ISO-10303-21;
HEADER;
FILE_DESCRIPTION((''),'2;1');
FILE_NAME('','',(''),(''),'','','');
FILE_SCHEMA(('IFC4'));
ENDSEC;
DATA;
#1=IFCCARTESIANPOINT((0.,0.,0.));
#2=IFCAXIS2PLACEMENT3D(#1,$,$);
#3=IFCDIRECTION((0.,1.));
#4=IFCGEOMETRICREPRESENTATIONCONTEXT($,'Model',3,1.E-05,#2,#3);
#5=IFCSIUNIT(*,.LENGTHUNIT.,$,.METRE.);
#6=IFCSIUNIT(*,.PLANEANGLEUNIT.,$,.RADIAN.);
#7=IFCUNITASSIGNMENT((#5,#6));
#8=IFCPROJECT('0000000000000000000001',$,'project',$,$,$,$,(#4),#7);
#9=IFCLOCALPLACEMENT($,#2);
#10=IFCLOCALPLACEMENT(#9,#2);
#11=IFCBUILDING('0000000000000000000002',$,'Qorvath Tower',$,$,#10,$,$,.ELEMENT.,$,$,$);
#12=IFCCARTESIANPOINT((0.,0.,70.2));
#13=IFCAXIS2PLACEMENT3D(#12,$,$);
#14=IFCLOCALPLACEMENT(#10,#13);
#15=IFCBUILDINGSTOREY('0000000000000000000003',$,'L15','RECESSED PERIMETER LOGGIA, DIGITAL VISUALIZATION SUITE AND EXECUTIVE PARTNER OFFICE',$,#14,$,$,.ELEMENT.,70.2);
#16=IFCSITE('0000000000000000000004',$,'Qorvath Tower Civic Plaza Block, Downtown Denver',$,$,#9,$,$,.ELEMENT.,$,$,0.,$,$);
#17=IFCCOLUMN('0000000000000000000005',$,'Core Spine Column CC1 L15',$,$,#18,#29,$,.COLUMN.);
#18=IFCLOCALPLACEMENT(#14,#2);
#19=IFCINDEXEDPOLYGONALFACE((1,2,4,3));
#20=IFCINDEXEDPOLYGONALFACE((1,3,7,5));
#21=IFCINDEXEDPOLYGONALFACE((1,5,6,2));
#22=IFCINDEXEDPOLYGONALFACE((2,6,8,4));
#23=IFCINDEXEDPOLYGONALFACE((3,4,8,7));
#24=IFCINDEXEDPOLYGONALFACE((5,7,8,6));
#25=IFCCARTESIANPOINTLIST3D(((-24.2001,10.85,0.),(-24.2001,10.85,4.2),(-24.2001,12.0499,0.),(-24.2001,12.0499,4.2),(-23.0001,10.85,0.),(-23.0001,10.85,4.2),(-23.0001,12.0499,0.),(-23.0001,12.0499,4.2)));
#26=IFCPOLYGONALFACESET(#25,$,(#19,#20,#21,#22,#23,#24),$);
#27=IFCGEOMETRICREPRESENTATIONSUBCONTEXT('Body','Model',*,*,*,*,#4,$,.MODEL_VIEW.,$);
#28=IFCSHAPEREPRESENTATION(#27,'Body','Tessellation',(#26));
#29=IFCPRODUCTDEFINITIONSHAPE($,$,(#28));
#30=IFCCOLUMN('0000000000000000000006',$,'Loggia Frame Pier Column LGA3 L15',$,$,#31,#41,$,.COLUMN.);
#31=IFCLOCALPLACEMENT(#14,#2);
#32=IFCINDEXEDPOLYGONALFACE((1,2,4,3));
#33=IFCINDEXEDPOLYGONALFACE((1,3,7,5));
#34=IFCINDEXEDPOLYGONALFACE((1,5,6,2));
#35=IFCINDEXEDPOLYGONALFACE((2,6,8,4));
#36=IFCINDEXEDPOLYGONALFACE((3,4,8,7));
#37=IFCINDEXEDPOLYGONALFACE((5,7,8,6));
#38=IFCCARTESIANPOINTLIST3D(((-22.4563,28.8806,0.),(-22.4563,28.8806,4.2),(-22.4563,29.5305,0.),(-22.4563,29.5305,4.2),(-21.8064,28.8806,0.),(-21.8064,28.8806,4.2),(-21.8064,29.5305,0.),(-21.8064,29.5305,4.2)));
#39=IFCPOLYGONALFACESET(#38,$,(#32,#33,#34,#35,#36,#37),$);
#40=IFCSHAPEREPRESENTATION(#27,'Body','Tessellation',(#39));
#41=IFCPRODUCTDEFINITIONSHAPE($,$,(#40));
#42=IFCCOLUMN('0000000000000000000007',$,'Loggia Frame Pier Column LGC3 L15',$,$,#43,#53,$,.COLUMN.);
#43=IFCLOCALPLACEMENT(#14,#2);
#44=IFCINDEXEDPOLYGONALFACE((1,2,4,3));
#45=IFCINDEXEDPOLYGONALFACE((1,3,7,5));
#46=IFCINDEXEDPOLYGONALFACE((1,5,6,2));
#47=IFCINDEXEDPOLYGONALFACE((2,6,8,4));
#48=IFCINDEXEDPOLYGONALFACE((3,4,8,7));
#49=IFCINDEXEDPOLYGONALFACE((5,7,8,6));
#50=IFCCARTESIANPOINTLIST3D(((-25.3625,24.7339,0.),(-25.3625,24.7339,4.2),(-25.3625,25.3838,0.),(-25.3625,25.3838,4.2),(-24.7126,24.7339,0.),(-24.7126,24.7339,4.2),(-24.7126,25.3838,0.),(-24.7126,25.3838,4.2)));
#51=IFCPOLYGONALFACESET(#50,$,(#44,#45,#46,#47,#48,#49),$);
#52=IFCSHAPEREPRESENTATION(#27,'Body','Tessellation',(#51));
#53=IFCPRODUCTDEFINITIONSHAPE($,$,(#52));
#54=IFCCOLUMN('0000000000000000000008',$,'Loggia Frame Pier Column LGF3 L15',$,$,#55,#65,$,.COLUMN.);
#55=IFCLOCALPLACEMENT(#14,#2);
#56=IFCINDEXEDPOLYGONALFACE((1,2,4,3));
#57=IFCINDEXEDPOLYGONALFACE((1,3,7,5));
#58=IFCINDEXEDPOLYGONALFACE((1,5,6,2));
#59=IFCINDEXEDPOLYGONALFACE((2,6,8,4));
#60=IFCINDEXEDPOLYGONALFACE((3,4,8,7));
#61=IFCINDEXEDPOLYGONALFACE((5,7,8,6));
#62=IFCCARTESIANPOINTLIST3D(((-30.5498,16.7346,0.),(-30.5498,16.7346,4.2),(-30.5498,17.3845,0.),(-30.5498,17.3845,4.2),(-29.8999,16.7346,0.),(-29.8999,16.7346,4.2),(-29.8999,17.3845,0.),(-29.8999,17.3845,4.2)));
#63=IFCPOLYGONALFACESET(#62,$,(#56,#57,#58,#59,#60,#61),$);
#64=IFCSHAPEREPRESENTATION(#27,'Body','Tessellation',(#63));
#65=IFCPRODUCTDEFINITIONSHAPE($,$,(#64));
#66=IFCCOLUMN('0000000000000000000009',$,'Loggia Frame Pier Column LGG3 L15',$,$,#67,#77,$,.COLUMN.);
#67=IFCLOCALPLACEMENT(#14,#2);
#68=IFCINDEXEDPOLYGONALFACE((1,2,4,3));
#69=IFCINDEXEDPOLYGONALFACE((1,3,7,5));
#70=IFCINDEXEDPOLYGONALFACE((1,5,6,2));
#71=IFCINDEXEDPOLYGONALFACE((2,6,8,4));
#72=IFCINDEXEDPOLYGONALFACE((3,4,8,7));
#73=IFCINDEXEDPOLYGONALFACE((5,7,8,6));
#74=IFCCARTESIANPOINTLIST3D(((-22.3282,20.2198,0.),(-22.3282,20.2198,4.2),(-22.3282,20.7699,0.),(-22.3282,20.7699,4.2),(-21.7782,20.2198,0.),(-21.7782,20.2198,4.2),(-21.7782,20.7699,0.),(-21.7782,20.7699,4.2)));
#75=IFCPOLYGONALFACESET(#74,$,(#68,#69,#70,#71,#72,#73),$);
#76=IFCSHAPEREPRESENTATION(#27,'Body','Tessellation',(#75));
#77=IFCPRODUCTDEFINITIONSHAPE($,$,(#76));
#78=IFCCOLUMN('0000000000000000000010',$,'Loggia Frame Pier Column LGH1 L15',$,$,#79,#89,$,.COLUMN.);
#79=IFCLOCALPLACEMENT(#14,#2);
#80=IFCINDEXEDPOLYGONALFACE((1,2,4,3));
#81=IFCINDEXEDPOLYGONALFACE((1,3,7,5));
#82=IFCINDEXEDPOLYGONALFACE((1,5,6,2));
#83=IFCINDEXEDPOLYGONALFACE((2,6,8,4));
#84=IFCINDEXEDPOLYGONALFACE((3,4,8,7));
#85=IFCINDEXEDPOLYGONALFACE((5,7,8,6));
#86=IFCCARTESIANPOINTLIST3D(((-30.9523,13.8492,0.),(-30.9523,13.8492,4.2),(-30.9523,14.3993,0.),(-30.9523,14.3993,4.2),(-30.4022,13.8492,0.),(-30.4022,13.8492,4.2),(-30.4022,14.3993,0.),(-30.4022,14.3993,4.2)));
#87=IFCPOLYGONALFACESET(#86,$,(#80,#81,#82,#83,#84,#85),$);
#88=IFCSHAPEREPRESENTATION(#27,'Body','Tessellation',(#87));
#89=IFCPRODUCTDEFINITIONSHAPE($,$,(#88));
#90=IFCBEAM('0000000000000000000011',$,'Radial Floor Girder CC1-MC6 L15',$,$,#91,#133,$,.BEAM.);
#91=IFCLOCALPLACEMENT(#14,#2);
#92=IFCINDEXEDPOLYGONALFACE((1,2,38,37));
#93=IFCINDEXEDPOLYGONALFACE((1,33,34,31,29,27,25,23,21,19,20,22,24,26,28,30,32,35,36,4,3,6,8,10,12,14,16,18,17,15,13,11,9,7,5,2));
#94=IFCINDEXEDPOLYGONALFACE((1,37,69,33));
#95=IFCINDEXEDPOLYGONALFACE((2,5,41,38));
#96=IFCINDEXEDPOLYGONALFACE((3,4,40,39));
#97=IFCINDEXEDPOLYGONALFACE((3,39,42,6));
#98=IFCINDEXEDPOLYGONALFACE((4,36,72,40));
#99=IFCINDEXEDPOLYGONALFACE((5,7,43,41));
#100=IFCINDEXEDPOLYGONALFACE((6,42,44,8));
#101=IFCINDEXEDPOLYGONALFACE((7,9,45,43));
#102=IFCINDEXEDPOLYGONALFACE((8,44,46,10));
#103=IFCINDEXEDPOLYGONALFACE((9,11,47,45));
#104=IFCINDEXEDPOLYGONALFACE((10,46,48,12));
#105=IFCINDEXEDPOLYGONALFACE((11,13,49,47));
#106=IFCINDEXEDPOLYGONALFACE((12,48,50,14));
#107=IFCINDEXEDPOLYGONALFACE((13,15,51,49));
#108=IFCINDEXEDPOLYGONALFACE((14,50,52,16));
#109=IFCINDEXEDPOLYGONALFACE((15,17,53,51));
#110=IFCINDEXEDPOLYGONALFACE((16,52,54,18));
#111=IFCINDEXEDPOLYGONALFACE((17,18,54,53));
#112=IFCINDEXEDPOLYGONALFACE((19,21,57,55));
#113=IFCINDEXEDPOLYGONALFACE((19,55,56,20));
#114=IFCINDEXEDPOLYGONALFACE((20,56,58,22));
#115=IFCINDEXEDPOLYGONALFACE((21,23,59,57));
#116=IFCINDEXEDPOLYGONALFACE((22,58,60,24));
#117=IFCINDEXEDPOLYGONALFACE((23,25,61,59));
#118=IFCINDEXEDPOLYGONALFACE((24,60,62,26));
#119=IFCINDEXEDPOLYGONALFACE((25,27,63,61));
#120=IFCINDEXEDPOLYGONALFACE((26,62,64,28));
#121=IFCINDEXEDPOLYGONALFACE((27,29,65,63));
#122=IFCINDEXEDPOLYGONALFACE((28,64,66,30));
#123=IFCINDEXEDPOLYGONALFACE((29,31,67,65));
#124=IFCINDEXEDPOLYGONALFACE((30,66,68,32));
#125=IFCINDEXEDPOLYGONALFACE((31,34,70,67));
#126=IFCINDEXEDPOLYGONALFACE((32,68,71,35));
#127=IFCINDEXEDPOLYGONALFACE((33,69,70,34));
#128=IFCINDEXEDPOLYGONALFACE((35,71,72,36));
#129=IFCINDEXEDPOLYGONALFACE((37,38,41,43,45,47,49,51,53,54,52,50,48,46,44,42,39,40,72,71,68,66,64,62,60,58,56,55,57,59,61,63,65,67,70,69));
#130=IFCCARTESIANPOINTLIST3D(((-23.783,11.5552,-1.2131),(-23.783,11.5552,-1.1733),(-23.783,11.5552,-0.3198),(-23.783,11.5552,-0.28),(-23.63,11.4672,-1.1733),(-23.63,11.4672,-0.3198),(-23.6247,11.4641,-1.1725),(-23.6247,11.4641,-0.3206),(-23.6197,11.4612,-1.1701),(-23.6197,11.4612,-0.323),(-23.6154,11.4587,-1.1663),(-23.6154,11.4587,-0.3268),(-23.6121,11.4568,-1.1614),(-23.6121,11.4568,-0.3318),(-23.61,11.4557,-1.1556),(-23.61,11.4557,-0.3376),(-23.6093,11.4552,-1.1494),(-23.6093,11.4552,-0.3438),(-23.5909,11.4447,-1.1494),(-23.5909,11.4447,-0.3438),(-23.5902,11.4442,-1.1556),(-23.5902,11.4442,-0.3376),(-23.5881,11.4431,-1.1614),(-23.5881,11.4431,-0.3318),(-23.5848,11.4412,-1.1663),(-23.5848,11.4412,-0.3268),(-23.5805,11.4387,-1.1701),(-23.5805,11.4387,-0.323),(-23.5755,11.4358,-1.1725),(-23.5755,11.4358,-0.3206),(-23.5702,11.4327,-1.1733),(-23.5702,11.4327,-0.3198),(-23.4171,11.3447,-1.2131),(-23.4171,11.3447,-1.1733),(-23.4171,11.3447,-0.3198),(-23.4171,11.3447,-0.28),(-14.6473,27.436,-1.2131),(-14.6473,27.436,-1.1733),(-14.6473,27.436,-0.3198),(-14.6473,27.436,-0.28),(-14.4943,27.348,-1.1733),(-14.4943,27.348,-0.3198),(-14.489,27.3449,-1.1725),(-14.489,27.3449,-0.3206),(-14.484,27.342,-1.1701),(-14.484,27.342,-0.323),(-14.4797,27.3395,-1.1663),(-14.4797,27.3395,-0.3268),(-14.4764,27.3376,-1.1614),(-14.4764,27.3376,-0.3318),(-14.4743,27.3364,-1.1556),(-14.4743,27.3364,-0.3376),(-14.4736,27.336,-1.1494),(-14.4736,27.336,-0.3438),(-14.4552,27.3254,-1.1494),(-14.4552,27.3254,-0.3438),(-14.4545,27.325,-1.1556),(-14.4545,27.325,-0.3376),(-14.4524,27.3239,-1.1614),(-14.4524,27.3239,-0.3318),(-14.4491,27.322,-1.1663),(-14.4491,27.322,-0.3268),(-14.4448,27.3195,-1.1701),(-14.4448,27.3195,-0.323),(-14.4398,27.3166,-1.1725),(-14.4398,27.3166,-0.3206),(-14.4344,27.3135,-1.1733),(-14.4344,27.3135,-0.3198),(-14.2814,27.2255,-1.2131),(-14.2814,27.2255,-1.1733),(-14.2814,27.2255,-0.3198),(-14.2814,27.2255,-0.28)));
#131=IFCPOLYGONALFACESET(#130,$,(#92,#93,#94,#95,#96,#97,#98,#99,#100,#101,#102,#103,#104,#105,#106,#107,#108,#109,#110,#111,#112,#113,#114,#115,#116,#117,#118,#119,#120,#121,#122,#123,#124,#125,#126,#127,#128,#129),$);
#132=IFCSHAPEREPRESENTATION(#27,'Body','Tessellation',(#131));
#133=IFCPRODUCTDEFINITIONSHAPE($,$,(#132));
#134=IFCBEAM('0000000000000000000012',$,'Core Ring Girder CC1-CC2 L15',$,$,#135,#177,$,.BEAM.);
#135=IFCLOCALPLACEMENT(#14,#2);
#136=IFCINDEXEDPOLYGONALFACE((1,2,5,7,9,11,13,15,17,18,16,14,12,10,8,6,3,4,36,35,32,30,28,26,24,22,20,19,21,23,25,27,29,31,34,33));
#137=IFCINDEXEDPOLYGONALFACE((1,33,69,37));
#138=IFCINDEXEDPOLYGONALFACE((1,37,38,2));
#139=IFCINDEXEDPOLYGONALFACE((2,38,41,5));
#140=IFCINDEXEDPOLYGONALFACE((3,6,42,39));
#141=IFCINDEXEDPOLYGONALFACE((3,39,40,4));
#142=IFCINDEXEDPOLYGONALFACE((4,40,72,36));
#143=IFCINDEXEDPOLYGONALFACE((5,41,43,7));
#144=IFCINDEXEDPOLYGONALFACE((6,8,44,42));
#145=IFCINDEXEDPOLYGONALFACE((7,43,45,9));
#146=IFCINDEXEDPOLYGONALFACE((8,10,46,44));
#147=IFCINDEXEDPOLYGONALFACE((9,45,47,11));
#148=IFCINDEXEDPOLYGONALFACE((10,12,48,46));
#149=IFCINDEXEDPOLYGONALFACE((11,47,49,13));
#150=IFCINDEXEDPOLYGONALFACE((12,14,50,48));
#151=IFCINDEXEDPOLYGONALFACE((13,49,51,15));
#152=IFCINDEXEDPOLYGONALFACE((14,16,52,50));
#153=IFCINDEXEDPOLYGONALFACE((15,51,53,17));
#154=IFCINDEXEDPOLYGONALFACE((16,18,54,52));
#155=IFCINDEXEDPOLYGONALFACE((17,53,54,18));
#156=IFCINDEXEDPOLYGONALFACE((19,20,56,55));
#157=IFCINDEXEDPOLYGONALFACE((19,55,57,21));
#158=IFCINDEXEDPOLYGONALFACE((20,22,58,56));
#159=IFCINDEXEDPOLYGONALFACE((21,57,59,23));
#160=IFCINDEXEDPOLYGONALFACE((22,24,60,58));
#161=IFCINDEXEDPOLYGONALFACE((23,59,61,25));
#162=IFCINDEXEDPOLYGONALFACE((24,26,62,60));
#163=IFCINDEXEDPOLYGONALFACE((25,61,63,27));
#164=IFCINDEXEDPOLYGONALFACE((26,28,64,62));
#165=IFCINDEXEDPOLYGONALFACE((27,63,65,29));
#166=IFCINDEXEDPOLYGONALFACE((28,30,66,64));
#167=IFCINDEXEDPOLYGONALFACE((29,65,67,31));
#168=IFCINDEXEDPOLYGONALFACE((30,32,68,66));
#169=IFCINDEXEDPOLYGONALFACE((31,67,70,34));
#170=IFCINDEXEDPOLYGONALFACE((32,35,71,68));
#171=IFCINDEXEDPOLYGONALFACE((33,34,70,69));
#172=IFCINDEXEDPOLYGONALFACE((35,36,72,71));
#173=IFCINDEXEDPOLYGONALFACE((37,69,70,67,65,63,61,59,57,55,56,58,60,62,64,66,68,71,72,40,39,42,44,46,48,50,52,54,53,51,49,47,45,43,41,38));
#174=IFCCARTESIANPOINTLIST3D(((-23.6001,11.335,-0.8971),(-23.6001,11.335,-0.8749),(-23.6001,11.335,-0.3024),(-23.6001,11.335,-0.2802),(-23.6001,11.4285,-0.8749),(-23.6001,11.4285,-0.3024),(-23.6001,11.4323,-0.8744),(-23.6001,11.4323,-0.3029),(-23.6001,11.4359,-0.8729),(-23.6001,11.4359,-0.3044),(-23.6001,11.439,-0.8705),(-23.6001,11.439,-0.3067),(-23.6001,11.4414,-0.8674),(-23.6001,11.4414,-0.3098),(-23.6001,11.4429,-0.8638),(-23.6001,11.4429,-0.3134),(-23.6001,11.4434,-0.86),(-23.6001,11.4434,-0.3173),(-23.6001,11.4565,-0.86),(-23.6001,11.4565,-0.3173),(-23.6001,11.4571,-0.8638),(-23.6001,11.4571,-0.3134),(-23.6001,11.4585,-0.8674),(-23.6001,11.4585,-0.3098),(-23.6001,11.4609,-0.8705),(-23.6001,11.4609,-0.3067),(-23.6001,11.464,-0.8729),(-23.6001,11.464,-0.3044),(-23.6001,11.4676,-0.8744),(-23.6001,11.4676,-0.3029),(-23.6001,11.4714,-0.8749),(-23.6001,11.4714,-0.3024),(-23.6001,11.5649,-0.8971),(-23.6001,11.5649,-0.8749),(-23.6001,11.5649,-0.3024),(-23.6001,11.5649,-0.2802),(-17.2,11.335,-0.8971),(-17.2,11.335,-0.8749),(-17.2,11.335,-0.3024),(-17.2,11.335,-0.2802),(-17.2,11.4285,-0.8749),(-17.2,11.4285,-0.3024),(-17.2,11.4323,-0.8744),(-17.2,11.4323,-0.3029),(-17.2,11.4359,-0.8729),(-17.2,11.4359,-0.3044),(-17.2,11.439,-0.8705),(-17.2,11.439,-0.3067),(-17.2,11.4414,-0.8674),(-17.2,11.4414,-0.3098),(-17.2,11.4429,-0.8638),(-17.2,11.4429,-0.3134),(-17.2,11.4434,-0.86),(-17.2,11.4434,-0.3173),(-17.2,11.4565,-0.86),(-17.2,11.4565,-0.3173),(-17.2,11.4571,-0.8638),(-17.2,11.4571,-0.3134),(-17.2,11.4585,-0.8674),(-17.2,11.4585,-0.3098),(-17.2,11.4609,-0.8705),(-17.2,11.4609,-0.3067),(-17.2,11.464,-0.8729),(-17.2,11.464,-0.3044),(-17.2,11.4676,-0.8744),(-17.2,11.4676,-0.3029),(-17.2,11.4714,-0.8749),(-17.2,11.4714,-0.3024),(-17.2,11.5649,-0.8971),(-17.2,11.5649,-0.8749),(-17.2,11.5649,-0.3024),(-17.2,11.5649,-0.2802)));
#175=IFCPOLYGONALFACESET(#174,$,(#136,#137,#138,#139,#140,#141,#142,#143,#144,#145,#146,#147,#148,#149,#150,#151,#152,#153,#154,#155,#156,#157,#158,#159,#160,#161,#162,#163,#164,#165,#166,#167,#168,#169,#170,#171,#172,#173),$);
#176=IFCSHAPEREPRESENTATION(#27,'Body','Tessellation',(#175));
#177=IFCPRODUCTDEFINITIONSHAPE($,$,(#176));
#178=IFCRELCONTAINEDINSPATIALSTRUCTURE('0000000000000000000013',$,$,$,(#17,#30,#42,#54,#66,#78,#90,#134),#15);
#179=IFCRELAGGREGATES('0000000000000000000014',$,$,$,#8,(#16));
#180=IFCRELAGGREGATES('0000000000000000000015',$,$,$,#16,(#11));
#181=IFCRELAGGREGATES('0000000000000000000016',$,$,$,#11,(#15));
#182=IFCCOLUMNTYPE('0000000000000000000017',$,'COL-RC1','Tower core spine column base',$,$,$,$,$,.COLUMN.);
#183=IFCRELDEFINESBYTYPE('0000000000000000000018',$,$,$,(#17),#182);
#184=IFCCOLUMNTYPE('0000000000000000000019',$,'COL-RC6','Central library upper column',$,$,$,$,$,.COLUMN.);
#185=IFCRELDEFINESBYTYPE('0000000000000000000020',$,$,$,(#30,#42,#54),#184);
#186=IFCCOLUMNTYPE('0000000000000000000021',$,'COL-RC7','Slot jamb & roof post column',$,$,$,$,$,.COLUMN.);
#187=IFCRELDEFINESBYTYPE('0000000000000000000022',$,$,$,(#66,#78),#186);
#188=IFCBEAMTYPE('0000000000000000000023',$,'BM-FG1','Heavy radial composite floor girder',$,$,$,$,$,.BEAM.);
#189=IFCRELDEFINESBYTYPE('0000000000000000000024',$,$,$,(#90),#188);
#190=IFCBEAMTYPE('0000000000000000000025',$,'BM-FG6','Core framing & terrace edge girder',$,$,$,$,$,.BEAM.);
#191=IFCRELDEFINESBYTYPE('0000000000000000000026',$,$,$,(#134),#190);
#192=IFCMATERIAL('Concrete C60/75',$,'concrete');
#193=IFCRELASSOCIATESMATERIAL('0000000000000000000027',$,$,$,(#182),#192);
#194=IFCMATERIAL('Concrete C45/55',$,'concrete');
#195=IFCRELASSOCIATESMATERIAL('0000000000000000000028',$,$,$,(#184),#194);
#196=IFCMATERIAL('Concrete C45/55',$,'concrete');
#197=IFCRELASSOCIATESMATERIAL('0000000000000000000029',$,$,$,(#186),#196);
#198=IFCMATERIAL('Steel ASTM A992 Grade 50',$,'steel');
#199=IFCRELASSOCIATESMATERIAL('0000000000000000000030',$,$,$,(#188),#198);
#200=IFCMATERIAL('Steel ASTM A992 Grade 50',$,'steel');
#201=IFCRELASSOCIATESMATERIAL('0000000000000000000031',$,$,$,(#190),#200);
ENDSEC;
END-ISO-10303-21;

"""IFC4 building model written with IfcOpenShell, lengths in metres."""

from ifc_helpers import new_model, si_unit, direction, frame, origin, origin_2d, place, context, subcontext, project, spatial, rectangle, i_section, extrude, material, material_profile, profile_set, type_object, element, save


model = new_model("IFC4")

# Units and contexts
model_context = context("Model", 3, precision=1e-05, world=origin(), true_north=direction((0.0, 1.0)))
body_context = subcontext(model_context, "Body", "Model", "MODEL_VIEW")
ifc_project = project(units=[si_unit("LENGTHUNIT", "METRE"), si_unit("PLANEANGLEUNIT", "RADIAN")], contexts=[model_context])

# Site, building, storey
site_placement = place(None, origin())
site = spatial("IfcSite", under=ifc_project, at=site_placement, Name="Qorvath Tower Civic Plaza Block, Downtown Denver", CompositionType="ELEMENT", RefElevation=0.0)
building_placement = place(site_placement, origin())
building = spatial("IfcBuilding", under=site, at=building_placement, Name="Qorvath Tower", CompositionType="ELEMENT")
storey_placement = place(building_placement, frame((0.0, 0.0, 70.2)))
storey = spatial("IfcBuildingStorey", under=building, at=storey_placement, Name="L15", Description="RECESSED PERIMETER LOGGIA, DIGITAL VISUALIZATION SUITE AND EXECUTIVE PARTNER OFFICE", CompositionType="ELEMENT", Elevation=70.2)

# Columns
ifc_material_1 = material(Name="Concrete C60/75", Category="concrete")
ifc_material_profile_1 = material_profile(ifc_material_1, rectangle(XDim=1.2, YDim=1.2, at=origin_2d()), Name="RC 1200x1200")
ifc_profile_set_1 = profile_set([ifc_material_profile_1], Name="Concrete C60/75")
column_type_1 = type_object("IfcColumnType", Name="COL-RC1", Description="Tower core spine column base", PredefinedType="COLUMN", material=ifc_profile_set_1)
column_placement = place(storey_placement, frame((-23.6001, 11.45, 0.0), z_axis=(0.0, 0.0, 1.0), x_axis=(1.0, 0.0, 0.0)))
element("IfcColumn", 1, at=column_placement, inside=storey, type_object=column_type_1, Name="Core Spine Column CC1 L15", PredefinedType="COLUMN", context=body_context, shape_type="SweptSolid", body=[
    extrude(rectangle(XDim=1.2, YDim=1.2, at=origin_2d()), origin(), (0.0, 0.0, 1.0), 4.2),
])
ifc_material_2 = material(Name="Concrete C45/55", Category="concrete")
ifc_material_profile_2 = material_profile(ifc_material_2, rectangle(XDim=0.6499, YDim=0.6499, at=origin_2d()), Name="RC 650x650")
ifc_profile_set_2 = profile_set([ifc_material_profile_2], Name="Concrete C45/55")
column_type_2 = type_object("IfcColumnType", Name="COL-RC6", Description="Central library upper column", PredefinedType="COLUMN", material=ifc_profile_set_2)
for number, where, z_axis, x_axis, name in (
    (2, (-22.1313, 29.2056, 0.0), (0.0, 0.0, 1.0), (1.0, 0.0, 0.0), "Loggia Frame Pier Column LGA3 L15"),
    (3, (-25.0376, 25.0588, 0.0), (0.0, 0.0, 1.0), (1.0, 0.0, 0.0), "Loggia Frame Pier Column LGC3 L15"),
    (4, (-30.2249, 17.0596, 0.0), (0.0, 0.0, 1.0), (1.0, 0.0, 0.0), "Loggia Frame Pier Column LGF3 L15"),
):
    element("IfcColumn", number, at=place(storey_placement, frame(where, z_axis=z_axis, x_axis=x_axis)), inside=storey, type_object=column_type_2, Name=name, PredefinedType="COLUMN", context=body_context, shape_type="SweptSolid", body=[
        extrude(rectangle(XDim=0.6499, YDim=0.6499, at=origin_2d()), origin(), (0.0, 0.0, 1.0), 4.2),
    ])
ifc_material_3 = material(Name="Concrete C45/55", Category="concrete")
ifc_material_profile_3 = material_profile(ifc_material_3, rectangle(XDim=0.55, YDim=0.55, at=origin_2d()), Name="RC 550x550")
ifc_profile_set_3 = profile_set([ifc_material_profile_3], Name="Concrete C45/55")
column_type_3 = type_object("IfcColumnType", Name="COL-RC7", Description="Slot jamb & roof post column", PredefinedType="COLUMN", material=ifc_profile_set_3)
for number, where, z_axis, x_axis, name in (
    (5, (-22.0532, 20.4949, 0.0), (0.0, 0.0, 1.0), (1.0, 0.0, 0.0), "Loggia Frame Pier Column LGG3 L15"),
    (6, (-30.6772, 14.1243, 0.0), (0.0, 0.0, 1.0), (1.0, 0.0, 0.0), "Loggia Frame Pier Column LGH1 L15"),
):
    element("IfcColumn", number, at=place(storey_placement, frame(where, z_axis=z_axis, x_axis=x_axis)), inside=storey, type_object=column_type_3, Name=name, PredefinedType="COLUMN", context=body_context, shape_type="SweptSolid", body=[
        extrude(rectangle(XDim=0.55, YDim=0.55, at=origin_2d()), origin(), (0.0, 0.0, 1.0), 4.2),
    ])

# Beams
ifc_material_4 = material(Name="Steel ASTM A992 Grade 50", Category="steel")
ifc_material_profile_4 = material_profile(ifc_material_4, i_section(OverallWidth=0.4221, OverallDepth=0.9331, WebThickness=0.0212, FlangeThickness=0.0398, FilletRadius=0.0239, at=origin_2d()), Name="W36x262")
ifc_profile_set_4 = profile_set([ifc_material_profile_4], Name="Steel ASTM A992 Grade 50")
beam_type_1 = type_object("IfcBeamType", Name="BM-FG1", Description="Heavy radial composite floor girder", PredefinedType="BEAM", material=ifc_profile_set_4)
beam_1_placement = place(storey_placement, frame((-23.6001, 11.45, -0.7466), z_axis=(0.498645, 0.866806, 0.0), x_axis=(-0.866806, 0.498645, 0.0)))
element("IfcBeam", 7, at=beam_1_placement, inside=storey, type_object=beam_type_1, Name="Radial Floor Girder CC1-MC6 L15", PredefinedType="BEAM", context=body_context, shape_type="SweptSolid", body=[
    extrude(i_section(OverallWidth=0.4221, OverallDepth=0.9331, WebThickness=0.0212, FlangeThickness=0.0398, FilletRadius=0.0239, at=origin_2d()), origin(), (0.0, 0.0, 1.0), 18.321),
])
ifc_material_5 = material(Name="Steel ASTM A992 Grade 50", Category="steel")
ifc_material_profile_5 = material_profile(ifc_material_5, i_section(OverallWidth=0.23, OverallDepth=0.6169, WebThickness=0.0132, FlangeThickness=0.0222, FilletRadius=0.0149, at=origin_2d()), Name="W24x94")
ifc_profile_set_5 = profile_set([ifc_material_profile_5], Name="Steel ASTM A992 Grade 50")
beam_type_2 = type_object("IfcBeamType", Name="BM-FG6", Description="Core framing & terrace edge girder", PredefinedType="BEAM", material=ifc_profile_set_5)
beam_2_placement = place(storey_placement, frame((-23.6001, 11.45, -0.5886), z_axis=(1.0, 0.0, 0.0), x_axis=(0.0, 1.0, 0.0)))
element("IfcBeam", 8, at=beam_2_placement, inside=storey, type_object=beam_type_2, Name="Core Ring Girder CC1-CC2 L15", PredefinedType="BEAM", context=body_context, shape_type="SweptSolid", body=[
    extrude(i_section(OverallWidth=0.23, OverallDepth=0.6169, WebThickness=0.0132, FlangeThickness=0.0222, FilletRadius=0.0149, at=origin_2d()), origin(), (0.0, 0.0, 1.0), 6.4001),
])

save(model, "model.ifc")
